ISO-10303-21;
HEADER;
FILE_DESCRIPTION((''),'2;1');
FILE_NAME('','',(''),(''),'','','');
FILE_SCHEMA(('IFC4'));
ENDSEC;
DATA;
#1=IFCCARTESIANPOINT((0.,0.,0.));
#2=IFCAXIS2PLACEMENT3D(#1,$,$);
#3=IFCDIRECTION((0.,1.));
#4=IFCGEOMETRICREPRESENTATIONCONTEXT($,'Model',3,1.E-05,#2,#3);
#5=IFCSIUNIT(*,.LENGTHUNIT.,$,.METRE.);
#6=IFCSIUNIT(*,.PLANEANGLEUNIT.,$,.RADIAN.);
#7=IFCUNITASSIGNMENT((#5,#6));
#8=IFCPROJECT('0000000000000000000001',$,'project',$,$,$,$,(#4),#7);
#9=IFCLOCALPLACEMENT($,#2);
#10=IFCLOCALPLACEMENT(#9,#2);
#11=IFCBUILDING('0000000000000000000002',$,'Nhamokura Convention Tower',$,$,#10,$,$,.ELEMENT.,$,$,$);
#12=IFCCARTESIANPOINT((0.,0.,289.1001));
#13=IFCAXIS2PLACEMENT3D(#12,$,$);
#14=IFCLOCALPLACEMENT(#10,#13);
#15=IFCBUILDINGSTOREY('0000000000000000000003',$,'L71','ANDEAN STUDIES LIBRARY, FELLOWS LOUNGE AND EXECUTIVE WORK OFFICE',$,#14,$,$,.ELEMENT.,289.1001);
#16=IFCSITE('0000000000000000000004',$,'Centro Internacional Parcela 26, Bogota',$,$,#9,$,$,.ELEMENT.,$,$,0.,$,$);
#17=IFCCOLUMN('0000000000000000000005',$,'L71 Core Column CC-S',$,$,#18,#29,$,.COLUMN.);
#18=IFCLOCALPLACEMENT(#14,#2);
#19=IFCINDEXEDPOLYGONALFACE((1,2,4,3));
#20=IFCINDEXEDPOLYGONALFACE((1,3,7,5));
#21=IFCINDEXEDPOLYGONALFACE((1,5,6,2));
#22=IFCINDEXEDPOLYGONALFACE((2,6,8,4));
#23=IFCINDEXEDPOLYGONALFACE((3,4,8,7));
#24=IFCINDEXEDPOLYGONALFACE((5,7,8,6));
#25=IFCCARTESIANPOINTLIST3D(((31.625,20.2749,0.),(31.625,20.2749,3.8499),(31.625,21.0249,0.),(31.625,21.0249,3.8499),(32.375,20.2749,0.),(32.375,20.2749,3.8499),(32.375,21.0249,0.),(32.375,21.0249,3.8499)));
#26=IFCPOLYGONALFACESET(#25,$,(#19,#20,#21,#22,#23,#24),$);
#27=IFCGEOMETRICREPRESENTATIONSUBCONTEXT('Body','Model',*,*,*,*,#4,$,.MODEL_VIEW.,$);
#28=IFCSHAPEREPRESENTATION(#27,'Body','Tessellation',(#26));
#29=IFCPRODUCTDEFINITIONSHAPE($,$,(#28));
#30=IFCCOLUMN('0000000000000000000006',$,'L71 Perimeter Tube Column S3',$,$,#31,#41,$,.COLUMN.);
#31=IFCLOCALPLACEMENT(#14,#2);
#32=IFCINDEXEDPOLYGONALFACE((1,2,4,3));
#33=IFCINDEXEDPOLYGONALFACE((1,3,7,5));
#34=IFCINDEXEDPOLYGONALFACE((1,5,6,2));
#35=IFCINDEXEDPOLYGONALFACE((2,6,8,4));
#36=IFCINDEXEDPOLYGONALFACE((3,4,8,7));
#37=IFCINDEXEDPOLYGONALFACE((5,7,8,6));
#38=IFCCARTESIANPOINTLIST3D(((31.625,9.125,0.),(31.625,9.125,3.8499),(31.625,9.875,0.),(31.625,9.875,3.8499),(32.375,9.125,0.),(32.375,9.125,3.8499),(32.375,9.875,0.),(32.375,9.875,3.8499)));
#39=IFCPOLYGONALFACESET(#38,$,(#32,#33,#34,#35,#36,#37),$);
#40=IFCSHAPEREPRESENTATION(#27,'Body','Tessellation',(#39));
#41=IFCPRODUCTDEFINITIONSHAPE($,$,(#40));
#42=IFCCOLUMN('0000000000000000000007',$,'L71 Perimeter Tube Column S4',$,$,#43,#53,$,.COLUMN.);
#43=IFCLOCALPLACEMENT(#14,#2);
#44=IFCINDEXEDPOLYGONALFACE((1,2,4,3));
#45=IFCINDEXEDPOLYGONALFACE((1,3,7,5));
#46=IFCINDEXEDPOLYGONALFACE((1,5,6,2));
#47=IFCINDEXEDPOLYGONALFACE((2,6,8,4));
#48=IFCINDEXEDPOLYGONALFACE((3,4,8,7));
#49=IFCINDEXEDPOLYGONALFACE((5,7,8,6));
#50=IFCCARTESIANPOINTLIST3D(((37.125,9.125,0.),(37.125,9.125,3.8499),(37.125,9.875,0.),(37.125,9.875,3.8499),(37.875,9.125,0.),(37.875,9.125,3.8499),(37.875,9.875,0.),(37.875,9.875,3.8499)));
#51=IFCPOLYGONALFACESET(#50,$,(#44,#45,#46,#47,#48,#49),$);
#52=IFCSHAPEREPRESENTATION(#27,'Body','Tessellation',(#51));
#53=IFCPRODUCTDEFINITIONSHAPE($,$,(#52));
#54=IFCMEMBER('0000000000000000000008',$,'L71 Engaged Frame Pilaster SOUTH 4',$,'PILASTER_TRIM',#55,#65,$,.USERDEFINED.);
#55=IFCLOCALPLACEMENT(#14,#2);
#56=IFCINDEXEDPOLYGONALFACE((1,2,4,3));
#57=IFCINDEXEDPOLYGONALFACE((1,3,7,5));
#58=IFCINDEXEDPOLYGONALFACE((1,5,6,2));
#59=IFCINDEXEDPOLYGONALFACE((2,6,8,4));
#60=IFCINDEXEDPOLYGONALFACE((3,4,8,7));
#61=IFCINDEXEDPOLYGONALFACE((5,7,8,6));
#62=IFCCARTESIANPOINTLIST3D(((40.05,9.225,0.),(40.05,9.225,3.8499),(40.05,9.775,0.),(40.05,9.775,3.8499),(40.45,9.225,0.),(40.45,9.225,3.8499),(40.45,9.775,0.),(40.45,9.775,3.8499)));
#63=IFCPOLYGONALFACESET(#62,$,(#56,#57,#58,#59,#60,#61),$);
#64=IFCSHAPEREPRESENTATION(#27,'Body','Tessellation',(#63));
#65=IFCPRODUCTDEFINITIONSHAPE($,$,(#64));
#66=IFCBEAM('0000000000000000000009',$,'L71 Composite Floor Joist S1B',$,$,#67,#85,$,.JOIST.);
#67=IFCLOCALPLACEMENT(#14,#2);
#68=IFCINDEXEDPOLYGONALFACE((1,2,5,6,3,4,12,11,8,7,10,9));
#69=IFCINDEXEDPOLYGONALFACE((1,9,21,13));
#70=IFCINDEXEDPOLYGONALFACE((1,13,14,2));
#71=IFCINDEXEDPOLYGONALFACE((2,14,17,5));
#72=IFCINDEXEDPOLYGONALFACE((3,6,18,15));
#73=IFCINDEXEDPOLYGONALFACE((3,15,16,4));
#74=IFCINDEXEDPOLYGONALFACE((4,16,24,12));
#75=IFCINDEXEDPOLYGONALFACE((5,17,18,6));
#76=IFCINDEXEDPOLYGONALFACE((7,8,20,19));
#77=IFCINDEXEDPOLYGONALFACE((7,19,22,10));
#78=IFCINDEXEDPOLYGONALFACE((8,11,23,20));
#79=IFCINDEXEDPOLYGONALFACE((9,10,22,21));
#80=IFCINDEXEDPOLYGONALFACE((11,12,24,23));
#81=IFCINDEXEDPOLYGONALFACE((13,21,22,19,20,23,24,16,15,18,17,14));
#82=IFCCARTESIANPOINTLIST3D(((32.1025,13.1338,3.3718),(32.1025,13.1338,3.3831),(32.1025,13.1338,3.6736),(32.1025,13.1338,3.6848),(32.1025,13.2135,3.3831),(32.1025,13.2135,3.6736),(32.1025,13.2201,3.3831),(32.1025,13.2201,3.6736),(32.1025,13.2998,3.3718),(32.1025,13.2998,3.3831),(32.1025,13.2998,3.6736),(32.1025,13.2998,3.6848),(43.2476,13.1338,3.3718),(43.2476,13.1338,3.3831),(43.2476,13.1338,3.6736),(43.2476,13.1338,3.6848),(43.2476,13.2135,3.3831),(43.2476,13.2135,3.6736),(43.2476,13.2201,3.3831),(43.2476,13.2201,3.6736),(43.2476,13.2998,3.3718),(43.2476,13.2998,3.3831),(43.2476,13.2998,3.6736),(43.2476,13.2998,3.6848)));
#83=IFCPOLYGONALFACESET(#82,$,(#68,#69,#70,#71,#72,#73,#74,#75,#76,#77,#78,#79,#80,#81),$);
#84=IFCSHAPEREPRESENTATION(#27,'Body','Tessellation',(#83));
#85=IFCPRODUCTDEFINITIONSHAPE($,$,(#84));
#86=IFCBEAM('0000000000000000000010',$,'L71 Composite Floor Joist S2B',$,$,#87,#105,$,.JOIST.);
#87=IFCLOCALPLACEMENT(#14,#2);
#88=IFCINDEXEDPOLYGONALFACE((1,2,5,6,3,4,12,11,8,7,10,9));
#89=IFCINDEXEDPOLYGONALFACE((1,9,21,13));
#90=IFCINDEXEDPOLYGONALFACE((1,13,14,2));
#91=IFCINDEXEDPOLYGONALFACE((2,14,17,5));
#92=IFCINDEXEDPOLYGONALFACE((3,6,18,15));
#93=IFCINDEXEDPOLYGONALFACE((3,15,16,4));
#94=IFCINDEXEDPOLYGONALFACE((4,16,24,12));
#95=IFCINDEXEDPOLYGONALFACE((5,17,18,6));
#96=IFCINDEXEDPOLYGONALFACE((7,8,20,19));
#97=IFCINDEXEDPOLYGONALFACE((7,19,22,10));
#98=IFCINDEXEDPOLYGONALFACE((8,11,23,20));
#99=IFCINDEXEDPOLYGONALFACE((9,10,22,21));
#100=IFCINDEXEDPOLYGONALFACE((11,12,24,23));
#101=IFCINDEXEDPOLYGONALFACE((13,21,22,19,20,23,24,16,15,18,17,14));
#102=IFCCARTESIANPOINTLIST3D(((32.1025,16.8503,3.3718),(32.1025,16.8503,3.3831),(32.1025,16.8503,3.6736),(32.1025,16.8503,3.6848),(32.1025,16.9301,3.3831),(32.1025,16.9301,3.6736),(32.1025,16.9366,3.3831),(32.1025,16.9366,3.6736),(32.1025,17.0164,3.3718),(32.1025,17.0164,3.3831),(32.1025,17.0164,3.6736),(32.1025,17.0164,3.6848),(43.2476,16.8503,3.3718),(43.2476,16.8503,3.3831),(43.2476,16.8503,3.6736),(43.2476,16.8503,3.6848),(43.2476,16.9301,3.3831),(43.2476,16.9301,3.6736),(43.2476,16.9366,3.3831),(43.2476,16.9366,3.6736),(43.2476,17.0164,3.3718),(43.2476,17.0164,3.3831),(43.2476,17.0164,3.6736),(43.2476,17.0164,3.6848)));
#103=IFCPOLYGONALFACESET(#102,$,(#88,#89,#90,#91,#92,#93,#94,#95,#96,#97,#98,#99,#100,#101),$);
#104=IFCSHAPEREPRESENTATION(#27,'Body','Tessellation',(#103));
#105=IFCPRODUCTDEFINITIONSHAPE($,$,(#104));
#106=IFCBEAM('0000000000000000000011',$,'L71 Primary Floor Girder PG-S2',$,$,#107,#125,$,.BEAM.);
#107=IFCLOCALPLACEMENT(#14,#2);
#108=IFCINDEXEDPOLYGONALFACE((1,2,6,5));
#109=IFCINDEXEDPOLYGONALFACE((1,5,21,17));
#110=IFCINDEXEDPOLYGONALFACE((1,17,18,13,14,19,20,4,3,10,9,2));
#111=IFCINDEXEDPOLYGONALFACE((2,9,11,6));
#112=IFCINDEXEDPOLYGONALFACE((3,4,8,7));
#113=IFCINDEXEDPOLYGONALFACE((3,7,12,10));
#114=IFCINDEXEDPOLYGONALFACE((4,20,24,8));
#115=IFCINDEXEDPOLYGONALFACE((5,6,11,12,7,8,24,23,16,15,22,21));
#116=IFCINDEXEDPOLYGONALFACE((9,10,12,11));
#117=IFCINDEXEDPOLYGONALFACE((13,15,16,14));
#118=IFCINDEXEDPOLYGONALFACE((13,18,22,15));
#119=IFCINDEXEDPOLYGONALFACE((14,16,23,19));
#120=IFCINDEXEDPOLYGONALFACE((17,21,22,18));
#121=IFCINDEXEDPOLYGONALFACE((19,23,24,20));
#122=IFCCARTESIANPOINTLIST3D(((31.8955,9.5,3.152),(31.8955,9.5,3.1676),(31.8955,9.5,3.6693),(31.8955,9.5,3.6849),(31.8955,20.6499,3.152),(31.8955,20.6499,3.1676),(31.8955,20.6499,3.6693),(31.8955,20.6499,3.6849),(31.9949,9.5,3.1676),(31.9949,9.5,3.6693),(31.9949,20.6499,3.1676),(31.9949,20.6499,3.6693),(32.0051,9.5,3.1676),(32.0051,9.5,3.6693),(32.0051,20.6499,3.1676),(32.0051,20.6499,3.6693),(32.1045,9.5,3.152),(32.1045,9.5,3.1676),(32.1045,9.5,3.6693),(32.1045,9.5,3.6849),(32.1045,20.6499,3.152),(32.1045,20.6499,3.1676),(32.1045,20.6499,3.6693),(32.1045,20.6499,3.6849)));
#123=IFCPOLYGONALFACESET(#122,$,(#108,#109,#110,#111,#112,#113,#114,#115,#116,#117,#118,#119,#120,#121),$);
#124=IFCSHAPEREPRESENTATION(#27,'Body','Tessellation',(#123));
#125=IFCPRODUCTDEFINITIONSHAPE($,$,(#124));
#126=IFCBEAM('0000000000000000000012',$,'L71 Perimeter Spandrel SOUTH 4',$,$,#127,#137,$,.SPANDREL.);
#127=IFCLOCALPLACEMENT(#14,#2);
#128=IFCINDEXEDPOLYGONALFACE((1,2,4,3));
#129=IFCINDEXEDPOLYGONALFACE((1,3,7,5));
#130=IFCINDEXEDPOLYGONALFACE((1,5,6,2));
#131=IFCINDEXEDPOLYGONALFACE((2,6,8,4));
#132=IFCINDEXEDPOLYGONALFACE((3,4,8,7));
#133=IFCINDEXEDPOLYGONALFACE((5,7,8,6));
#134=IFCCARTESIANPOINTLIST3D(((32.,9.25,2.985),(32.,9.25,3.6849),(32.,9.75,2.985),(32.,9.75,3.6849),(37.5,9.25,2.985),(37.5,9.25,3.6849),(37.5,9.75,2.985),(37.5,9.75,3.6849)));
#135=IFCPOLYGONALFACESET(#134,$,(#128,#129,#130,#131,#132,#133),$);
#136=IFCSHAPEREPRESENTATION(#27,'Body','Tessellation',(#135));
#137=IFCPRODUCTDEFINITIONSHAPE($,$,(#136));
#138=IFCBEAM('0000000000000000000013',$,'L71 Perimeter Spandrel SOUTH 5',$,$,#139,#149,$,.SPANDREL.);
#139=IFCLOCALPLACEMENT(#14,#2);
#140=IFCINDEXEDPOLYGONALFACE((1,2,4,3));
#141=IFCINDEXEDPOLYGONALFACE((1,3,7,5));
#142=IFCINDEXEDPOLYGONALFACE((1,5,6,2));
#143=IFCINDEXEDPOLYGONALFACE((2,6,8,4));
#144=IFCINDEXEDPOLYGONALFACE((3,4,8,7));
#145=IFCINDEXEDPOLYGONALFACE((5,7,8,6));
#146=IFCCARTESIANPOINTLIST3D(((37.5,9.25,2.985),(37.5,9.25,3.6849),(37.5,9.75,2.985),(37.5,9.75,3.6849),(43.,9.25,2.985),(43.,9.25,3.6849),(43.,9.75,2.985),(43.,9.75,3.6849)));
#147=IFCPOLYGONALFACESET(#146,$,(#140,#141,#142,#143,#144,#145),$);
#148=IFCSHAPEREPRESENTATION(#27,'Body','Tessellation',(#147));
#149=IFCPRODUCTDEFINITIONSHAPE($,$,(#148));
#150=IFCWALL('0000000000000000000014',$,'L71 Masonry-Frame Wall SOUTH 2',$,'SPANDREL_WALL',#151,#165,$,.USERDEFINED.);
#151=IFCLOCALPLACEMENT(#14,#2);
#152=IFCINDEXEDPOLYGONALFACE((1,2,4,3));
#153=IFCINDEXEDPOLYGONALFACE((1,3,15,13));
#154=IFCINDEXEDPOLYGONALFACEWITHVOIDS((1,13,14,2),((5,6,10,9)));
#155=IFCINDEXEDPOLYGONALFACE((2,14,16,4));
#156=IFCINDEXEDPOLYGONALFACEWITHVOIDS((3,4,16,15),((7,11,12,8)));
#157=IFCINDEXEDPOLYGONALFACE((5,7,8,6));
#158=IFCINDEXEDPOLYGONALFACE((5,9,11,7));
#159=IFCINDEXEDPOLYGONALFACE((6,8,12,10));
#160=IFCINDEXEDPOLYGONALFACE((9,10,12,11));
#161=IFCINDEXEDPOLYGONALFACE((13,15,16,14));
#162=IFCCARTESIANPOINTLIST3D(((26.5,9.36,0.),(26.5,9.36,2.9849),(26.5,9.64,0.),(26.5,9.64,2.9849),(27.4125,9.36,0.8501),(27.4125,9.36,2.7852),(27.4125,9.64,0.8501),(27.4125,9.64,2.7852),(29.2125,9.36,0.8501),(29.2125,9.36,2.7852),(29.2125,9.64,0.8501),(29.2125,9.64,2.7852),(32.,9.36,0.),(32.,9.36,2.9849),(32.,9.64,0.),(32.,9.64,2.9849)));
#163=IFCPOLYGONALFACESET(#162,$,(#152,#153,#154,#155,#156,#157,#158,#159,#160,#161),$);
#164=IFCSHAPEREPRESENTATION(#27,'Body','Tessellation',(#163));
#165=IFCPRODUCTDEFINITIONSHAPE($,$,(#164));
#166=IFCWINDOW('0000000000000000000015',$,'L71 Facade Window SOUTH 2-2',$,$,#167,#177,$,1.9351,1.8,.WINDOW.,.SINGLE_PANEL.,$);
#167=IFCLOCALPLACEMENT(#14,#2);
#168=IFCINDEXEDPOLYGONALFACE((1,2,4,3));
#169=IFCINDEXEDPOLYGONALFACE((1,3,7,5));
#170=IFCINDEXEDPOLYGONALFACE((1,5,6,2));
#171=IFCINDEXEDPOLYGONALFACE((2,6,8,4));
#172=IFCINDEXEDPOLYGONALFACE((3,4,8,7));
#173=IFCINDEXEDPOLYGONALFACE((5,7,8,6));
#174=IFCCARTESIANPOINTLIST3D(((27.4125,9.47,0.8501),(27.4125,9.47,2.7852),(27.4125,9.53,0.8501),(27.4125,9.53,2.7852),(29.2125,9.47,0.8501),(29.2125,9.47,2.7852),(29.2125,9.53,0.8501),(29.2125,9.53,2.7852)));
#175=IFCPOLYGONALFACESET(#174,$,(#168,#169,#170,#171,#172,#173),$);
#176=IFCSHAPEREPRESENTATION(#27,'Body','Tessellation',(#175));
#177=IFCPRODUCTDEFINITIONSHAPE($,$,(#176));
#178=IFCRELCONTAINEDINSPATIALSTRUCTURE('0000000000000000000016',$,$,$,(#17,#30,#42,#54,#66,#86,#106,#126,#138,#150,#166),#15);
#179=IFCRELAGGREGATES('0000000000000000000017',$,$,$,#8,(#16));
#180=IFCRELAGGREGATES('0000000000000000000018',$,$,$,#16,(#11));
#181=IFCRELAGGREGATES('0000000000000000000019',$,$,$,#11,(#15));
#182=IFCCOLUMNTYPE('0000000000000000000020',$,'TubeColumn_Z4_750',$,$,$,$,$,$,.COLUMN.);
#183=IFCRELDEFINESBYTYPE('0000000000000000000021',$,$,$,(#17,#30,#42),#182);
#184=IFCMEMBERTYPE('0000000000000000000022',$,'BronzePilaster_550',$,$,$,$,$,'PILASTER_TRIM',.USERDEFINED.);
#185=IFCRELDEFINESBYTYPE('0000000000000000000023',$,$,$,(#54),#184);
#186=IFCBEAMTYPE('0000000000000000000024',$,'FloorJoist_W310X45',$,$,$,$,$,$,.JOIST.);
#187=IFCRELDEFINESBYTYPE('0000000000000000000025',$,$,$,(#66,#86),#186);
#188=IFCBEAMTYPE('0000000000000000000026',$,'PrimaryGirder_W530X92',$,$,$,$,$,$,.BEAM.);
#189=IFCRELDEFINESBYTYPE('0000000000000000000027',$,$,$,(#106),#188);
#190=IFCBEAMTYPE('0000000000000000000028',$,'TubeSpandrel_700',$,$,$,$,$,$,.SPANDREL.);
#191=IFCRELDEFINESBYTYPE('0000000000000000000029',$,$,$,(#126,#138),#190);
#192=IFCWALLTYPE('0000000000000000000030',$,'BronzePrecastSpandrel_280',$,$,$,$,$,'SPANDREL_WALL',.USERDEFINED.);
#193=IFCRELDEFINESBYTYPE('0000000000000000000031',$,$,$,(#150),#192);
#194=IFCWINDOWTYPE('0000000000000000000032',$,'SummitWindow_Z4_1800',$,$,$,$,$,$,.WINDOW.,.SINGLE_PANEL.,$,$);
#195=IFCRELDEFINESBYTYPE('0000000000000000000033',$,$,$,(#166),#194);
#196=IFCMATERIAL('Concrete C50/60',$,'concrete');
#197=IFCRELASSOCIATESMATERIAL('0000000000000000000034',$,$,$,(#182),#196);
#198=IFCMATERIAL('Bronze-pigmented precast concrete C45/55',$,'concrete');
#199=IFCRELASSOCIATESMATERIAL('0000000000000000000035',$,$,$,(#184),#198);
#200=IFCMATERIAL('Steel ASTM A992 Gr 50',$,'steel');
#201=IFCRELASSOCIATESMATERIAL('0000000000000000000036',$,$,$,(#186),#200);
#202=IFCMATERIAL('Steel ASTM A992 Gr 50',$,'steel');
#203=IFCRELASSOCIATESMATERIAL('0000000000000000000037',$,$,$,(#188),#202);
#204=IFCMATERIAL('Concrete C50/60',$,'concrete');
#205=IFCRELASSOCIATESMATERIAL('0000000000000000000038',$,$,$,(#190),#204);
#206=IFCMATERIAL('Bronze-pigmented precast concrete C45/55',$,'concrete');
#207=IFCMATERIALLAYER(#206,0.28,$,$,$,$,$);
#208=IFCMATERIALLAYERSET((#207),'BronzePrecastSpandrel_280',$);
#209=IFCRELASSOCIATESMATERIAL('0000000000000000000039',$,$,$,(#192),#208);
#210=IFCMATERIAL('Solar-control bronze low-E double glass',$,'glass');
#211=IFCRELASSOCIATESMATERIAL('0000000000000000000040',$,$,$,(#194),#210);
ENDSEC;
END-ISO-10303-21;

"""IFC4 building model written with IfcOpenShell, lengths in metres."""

from ifc_helpers import new_model, si_unit, direction, frame, frame_2d, origin, origin_2d, place, context, subcontext, project, spatial, rectangle, i_section, extrude, material, layer, layer_set, material_profile, profile_set, type_object, element, fill, save


model = new_model("IFC4")

# Units and contexts
model_context = context("Model", 3, precision=1e-05, world=origin(), true_north=direction((0.0, 1.0)))
body_context = subcontext(model_context, "Body", "Model", "MODEL_VIEW")
ifc_project = project(units=[si_unit("LENGTHUNIT", "METRE"), si_unit("PLANEANGLEUNIT", "RADIAN")], contexts=[model_context])

# Site, building, storey
site_placement = place(None, origin())
site = spatial("IfcSite", under=ifc_project, at=site_placement, Name="Centro Internacional Parcela 26, Bogota", CompositionType="ELEMENT", RefElevation=0.0)
building_placement = place(site_placement, origin())
building = spatial("IfcBuilding", under=site, at=building_placement, Name="Nhamokura Convention Tower", CompositionType="ELEMENT")
storey_placement = place(building_placement, frame((0.0, 0.0, 289.1001)))
storey = spatial("IfcBuildingStorey", under=building, at=storey_placement, Name="L71", Description="ANDEAN STUDIES LIBRARY, FELLOWS LOUNGE AND EXECUTIVE WORK OFFICE", CompositionType="ELEMENT", Elevation=289.1001)

# Columns
ifc_material_1 = material(Name="Concrete C50/60", Category="concrete")
ifc_material_profile_1 = material_profile(ifc_material_1, rectangle(XDim=0.75, YDim=0.75, at=origin_2d()))
ifc_profile_set_1 = profile_set([ifc_material_profile_1], Name="Concrete C50/60")
column_type = type_object("IfcColumnType", Name="TubeColumn_Z4_750", PredefinedType="COLUMN", material=ifc_profile_set_1)
for number, where, z_axis, x_axis, name in (
    (1, (32.0, 20.6499, 0.0), (0.0, 0.0, 1.0), (1.0, 0.0, 0.0), "L71 Core Column CC-S"),
    (2, (32.0, 9.5, 0.0), (0.0, 0.0, 1.0), (1.0, 0.0, 0.0), "L71 Perimeter Tube Column S3"),
    (3, (37.5, 9.5, 0.0), (0.0, 0.0, 1.0), (1.0, 0.0, 0.0), "L71 Perimeter Tube Column S4"),
):
    element("IfcColumn", number, at=place(storey_placement, frame(where, z_axis=z_axis, x_axis=x_axis)), inside=storey, type_object=column_type, Name=name, PredefinedType="COLUMN", context=body_context, shape_type="SweptSolid", body=[
        extrude(rectangle(XDim=0.75, YDim=0.75, at=origin_2d()), origin(), (0.0, 0.0, 1.0), 3.8499),
    ])

# Member
ifc_material_2 = material(Name="Bronze-pigmented precast concrete C45/55", Category="concrete")
ifc_material_profile_2 = material_profile(ifc_material_2, rectangle(XDim=0.3999, YDim=0.55, at=origin_2d()))
ifc_profile_set_2 = profile_set([ifc_material_profile_2], Name="Bronze-pigmented precast concrete C45/55")
member_type = type_object("IfcMemberType", Name="BronzePilaster_550", ElementType="PILASTER_TRIM", PredefinedType="USERDEFINED", material=ifc_profile_set_2)
member_placement = place(storey_placement, frame((40.25, 9.5, 0.0), z_axis=(0.0, 0.0, 1.0), x_axis=(1.0, 0.0, 0.0)))
element("IfcMember", 4, at=member_placement, inside=storey, type_object=member_type, Name="L71 Engaged Frame Pilaster SOUTH 4", ObjectType="PILASTER_TRIM", PredefinedType="USERDEFINED", context=body_context, shape_type="SweptSolid", body=[
    extrude(rectangle(XDim=0.3999, YDim=0.55, at=origin_2d()), origin(), (0.0, 0.0, 1.0), 3.8499),
])

# Beams
ifc_material_3 = material(Name="Steel ASTM A992 Gr 50", Category="steel")
ifc_material_profile_3 = material_profile(ifc_material_3, i_section(OverallWidth=0.166, OverallDepth=0.313, WebThickness=0.0066, FlangeThickness=0.0112, at=origin_2d()))
ifc_profile_set_3 = profile_set([ifc_material_profile_3], Name="Steel ASTM A992 Gr 50")
beam_type_1 = type_object("IfcBeamType", Name="FloorJoist_W310X45", PredefinedType="JOIST", material=ifc_profile_set_3)
for number, where, z_axis, x_axis, name in (
    (5, (32.1025, 13.2168, 3.5283), (1.0, 0.0, 0.0), (0.0, 1.0, 0.0), "L71 Composite Floor Joist S1B"),
    (6, (32.1025, 16.9333, 3.5283), (1.0, 0.0, 0.0), (0.0, 1.0, 0.0), "L71 Composite Floor Joist S2B"),
):
    element("IfcBeam", number, at=place(storey_placement, frame(where, z_axis=z_axis, x_axis=x_axis)), inside=storey, type_object=beam_type_1, Name=name, PredefinedType="JOIST", context=body_context, shape_type="SweptSolid", body=[
        extrude(i_section(OverallWidth=0.166, OverallDepth=0.313, WebThickness=0.0066, FlangeThickness=0.0112, at=origin_2d()), origin(), (0.0, 0.0, 1.0), 11.145),
    ])
ifc_material_4 = material(Name="Steel ASTM A992 Gr 50", Category="steel")
ifc_material_profile_4 = material_profile(ifc_material_4, i_section(OverallWidth=0.209, OverallDepth=0.533, WebThickness=0.0103, FlangeThickness=0.0156, at=origin_2d()))
ifc_profile_set_4 = profile_set([ifc_material_profile_4], Name="Steel ASTM A992 Gr 50")
beam_type_2 = type_object("IfcBeamType", Name="PrimaryGirder_W530X92", PredefinedType="BEAM", material=ifc_profile_set_4)
beam_placement = place(storey_placement, frame((32.0, 9.5, 3.4185), z_axis=(0.0, 1.0, 0.0), x_axis=(-1.0, 0.0, 0.0)))
element("IfcBeam", 7, at=beam_placement, inside=storey, type_object=beam_type_2, Name="L71 Primary Floor Girder PG-S2", PredefinedType="BEAM", context=body_context, shape_type="SweptSolid", body=[
    extrude(i_section(OverallWidth=0.209, OverallDepth=0.533, WebThickness=0.0103, FlangeThickness=0.0156, at=origin_2d()), origin(), (0.0, 0.0, 1.0), 11.1499),
])
ifc_material_5 = material(Name="Concrete C50/60", Category="concrete")
ifc_material_profile_5 = material_profile(ifc_material_5, rectangle(XDim=0.5, YDim=0.7, at=origin_2d()))
ifc_profile_set_5 = profile_set([ifc_material_profile_5], Name="Concrete C50/60")
beam_type_3 = type_object("IfcBeamType", Name="TubeSpandrel_700", PredefinedType="SPANDREL", material=ifc_profile_set_5)
for number, where, z_axis, x_axis, name in (
    (8, (32.0, 9.5, 3.335), (1.0, 0.0, 0.0), (0.0, 1.0, 0.0), "L71 Perimeter Spandrel SOUTH 4"),
    (9, (37.5, 9.5, 3.335), (1.0, 0.0, 0.0), (0.0, 1.0, 0.0), "L71 Perimeter Spandrel SOUTH 5"),
):
    element("IfcBeam", number, at=place(storey_placement, frame(where, z_axis=z_axis, x_axis=x_axis)), inside=storey, type_object=beam_type_3, Name=name, PredefinedType="SPANDREL", context=body_context, shape_type="SweptSolid", body=[
        extrude(rectangle(XDim=0.5, YDim=0.7, at=origin_2d()), origin(), (0.0, 0.0, 1.0), 5.5),
    ])

# Wall, opening, window
ifc_material_6 = material(Name="Bronze-pigmented precast concrete C45/55", Category="concrete")
ifc_layer_1 = layer(ifc_material_6, 0.28)
ifc_layer_set_1 = layer_set([ifc_layer_1], Name="BronzePrecastSpandrel_280")
wall_type_1 = type_object("IfcWallType", Name="BronzePrecastSpandrel_280", ElementType="SPANDREL_WALL", PredefinedType="USERDEFINED", material=ifc_layer_set_1)
wall_1_placement = place(storey_placement, frame((32.0, 9.5, 0.0), z_axis=(0.0, 0.0, 1.0), x_axis=(-1.0, 0.0, 0.0)))
wall_1 = element("IfcWall", 10, at=wall_1_placement, inside=storey, type_object=wall_type_1, Name="L71 Masonry-Frame Wall SOUTH 2", ObjectType="SPANDREL_WALL", PredefinedType="USERDEFINED", context=body_context, shape_type="SweptSolid", body=[
    extrude(rectangle(XDim=5.5, YDim=0.28, at=frame_2d((2.75, 0.0))), origin(), (0.0, 0.0, 1.0), 2.9849),
])
opening_1_placement = place(wall_1_placement, frame((2.7876, 0.0, 0.8501)))
opening_1 = element("IfcOpeningElement", 11, at=opening_1_placement, cuts=wall_1, PredefinedType="OPENING", context=body_context, shape_type="SweptSolid", body=[
    extrude(rectangle(XDim=1.8, YDim=1.9351, at=frame_2d((0.8999, 0.9675))), frame((0.0, 0.1499, 0.0), z_axis=(0.0, -1.0, 0.0), x_axis=(1.0, 0.0, 0.0)), (0.0, 0.0, 1.0), 0.3),
])
ifc_material_7 = material(Name="Solar-control bronze low-E double glass", Category="glass")
window_type = type_object("IfcWindowType", Name="SummitWindow_Z4_1800", PartitioningType="SINGLE_PANEL", PredefinedType="WINDOW", material=ifc_material_7)
window_1_placement = place(opening_1_placement, origin())
window_1 = element("IfcWindow", 12, at=window_1_placement, inside=storey, type_object=window_type, Name="L71 Facade Window SOUTH 2-2", OverallHeight=1.9351, OverallWidth=1.8, PartitioningType="SINGLE_PANEL", PredefinedType="WINDOW", context=body_context, shape_type="SweptSolid", body=[
    extrude(rectangle(XDim=1.8, YDim=1.9351, at=frame_2d((0.8999, 0.9675))), frame((0.0, 0.03, 0.0), z_axis=(0.0, -1.0, 0.0), x_axis=(1.0, 0.0, 0.0)), (0.0, 0.0, 1.0), 0.0601),
])
fill(opening_1, window_1)

save(model, "model.ifc")
